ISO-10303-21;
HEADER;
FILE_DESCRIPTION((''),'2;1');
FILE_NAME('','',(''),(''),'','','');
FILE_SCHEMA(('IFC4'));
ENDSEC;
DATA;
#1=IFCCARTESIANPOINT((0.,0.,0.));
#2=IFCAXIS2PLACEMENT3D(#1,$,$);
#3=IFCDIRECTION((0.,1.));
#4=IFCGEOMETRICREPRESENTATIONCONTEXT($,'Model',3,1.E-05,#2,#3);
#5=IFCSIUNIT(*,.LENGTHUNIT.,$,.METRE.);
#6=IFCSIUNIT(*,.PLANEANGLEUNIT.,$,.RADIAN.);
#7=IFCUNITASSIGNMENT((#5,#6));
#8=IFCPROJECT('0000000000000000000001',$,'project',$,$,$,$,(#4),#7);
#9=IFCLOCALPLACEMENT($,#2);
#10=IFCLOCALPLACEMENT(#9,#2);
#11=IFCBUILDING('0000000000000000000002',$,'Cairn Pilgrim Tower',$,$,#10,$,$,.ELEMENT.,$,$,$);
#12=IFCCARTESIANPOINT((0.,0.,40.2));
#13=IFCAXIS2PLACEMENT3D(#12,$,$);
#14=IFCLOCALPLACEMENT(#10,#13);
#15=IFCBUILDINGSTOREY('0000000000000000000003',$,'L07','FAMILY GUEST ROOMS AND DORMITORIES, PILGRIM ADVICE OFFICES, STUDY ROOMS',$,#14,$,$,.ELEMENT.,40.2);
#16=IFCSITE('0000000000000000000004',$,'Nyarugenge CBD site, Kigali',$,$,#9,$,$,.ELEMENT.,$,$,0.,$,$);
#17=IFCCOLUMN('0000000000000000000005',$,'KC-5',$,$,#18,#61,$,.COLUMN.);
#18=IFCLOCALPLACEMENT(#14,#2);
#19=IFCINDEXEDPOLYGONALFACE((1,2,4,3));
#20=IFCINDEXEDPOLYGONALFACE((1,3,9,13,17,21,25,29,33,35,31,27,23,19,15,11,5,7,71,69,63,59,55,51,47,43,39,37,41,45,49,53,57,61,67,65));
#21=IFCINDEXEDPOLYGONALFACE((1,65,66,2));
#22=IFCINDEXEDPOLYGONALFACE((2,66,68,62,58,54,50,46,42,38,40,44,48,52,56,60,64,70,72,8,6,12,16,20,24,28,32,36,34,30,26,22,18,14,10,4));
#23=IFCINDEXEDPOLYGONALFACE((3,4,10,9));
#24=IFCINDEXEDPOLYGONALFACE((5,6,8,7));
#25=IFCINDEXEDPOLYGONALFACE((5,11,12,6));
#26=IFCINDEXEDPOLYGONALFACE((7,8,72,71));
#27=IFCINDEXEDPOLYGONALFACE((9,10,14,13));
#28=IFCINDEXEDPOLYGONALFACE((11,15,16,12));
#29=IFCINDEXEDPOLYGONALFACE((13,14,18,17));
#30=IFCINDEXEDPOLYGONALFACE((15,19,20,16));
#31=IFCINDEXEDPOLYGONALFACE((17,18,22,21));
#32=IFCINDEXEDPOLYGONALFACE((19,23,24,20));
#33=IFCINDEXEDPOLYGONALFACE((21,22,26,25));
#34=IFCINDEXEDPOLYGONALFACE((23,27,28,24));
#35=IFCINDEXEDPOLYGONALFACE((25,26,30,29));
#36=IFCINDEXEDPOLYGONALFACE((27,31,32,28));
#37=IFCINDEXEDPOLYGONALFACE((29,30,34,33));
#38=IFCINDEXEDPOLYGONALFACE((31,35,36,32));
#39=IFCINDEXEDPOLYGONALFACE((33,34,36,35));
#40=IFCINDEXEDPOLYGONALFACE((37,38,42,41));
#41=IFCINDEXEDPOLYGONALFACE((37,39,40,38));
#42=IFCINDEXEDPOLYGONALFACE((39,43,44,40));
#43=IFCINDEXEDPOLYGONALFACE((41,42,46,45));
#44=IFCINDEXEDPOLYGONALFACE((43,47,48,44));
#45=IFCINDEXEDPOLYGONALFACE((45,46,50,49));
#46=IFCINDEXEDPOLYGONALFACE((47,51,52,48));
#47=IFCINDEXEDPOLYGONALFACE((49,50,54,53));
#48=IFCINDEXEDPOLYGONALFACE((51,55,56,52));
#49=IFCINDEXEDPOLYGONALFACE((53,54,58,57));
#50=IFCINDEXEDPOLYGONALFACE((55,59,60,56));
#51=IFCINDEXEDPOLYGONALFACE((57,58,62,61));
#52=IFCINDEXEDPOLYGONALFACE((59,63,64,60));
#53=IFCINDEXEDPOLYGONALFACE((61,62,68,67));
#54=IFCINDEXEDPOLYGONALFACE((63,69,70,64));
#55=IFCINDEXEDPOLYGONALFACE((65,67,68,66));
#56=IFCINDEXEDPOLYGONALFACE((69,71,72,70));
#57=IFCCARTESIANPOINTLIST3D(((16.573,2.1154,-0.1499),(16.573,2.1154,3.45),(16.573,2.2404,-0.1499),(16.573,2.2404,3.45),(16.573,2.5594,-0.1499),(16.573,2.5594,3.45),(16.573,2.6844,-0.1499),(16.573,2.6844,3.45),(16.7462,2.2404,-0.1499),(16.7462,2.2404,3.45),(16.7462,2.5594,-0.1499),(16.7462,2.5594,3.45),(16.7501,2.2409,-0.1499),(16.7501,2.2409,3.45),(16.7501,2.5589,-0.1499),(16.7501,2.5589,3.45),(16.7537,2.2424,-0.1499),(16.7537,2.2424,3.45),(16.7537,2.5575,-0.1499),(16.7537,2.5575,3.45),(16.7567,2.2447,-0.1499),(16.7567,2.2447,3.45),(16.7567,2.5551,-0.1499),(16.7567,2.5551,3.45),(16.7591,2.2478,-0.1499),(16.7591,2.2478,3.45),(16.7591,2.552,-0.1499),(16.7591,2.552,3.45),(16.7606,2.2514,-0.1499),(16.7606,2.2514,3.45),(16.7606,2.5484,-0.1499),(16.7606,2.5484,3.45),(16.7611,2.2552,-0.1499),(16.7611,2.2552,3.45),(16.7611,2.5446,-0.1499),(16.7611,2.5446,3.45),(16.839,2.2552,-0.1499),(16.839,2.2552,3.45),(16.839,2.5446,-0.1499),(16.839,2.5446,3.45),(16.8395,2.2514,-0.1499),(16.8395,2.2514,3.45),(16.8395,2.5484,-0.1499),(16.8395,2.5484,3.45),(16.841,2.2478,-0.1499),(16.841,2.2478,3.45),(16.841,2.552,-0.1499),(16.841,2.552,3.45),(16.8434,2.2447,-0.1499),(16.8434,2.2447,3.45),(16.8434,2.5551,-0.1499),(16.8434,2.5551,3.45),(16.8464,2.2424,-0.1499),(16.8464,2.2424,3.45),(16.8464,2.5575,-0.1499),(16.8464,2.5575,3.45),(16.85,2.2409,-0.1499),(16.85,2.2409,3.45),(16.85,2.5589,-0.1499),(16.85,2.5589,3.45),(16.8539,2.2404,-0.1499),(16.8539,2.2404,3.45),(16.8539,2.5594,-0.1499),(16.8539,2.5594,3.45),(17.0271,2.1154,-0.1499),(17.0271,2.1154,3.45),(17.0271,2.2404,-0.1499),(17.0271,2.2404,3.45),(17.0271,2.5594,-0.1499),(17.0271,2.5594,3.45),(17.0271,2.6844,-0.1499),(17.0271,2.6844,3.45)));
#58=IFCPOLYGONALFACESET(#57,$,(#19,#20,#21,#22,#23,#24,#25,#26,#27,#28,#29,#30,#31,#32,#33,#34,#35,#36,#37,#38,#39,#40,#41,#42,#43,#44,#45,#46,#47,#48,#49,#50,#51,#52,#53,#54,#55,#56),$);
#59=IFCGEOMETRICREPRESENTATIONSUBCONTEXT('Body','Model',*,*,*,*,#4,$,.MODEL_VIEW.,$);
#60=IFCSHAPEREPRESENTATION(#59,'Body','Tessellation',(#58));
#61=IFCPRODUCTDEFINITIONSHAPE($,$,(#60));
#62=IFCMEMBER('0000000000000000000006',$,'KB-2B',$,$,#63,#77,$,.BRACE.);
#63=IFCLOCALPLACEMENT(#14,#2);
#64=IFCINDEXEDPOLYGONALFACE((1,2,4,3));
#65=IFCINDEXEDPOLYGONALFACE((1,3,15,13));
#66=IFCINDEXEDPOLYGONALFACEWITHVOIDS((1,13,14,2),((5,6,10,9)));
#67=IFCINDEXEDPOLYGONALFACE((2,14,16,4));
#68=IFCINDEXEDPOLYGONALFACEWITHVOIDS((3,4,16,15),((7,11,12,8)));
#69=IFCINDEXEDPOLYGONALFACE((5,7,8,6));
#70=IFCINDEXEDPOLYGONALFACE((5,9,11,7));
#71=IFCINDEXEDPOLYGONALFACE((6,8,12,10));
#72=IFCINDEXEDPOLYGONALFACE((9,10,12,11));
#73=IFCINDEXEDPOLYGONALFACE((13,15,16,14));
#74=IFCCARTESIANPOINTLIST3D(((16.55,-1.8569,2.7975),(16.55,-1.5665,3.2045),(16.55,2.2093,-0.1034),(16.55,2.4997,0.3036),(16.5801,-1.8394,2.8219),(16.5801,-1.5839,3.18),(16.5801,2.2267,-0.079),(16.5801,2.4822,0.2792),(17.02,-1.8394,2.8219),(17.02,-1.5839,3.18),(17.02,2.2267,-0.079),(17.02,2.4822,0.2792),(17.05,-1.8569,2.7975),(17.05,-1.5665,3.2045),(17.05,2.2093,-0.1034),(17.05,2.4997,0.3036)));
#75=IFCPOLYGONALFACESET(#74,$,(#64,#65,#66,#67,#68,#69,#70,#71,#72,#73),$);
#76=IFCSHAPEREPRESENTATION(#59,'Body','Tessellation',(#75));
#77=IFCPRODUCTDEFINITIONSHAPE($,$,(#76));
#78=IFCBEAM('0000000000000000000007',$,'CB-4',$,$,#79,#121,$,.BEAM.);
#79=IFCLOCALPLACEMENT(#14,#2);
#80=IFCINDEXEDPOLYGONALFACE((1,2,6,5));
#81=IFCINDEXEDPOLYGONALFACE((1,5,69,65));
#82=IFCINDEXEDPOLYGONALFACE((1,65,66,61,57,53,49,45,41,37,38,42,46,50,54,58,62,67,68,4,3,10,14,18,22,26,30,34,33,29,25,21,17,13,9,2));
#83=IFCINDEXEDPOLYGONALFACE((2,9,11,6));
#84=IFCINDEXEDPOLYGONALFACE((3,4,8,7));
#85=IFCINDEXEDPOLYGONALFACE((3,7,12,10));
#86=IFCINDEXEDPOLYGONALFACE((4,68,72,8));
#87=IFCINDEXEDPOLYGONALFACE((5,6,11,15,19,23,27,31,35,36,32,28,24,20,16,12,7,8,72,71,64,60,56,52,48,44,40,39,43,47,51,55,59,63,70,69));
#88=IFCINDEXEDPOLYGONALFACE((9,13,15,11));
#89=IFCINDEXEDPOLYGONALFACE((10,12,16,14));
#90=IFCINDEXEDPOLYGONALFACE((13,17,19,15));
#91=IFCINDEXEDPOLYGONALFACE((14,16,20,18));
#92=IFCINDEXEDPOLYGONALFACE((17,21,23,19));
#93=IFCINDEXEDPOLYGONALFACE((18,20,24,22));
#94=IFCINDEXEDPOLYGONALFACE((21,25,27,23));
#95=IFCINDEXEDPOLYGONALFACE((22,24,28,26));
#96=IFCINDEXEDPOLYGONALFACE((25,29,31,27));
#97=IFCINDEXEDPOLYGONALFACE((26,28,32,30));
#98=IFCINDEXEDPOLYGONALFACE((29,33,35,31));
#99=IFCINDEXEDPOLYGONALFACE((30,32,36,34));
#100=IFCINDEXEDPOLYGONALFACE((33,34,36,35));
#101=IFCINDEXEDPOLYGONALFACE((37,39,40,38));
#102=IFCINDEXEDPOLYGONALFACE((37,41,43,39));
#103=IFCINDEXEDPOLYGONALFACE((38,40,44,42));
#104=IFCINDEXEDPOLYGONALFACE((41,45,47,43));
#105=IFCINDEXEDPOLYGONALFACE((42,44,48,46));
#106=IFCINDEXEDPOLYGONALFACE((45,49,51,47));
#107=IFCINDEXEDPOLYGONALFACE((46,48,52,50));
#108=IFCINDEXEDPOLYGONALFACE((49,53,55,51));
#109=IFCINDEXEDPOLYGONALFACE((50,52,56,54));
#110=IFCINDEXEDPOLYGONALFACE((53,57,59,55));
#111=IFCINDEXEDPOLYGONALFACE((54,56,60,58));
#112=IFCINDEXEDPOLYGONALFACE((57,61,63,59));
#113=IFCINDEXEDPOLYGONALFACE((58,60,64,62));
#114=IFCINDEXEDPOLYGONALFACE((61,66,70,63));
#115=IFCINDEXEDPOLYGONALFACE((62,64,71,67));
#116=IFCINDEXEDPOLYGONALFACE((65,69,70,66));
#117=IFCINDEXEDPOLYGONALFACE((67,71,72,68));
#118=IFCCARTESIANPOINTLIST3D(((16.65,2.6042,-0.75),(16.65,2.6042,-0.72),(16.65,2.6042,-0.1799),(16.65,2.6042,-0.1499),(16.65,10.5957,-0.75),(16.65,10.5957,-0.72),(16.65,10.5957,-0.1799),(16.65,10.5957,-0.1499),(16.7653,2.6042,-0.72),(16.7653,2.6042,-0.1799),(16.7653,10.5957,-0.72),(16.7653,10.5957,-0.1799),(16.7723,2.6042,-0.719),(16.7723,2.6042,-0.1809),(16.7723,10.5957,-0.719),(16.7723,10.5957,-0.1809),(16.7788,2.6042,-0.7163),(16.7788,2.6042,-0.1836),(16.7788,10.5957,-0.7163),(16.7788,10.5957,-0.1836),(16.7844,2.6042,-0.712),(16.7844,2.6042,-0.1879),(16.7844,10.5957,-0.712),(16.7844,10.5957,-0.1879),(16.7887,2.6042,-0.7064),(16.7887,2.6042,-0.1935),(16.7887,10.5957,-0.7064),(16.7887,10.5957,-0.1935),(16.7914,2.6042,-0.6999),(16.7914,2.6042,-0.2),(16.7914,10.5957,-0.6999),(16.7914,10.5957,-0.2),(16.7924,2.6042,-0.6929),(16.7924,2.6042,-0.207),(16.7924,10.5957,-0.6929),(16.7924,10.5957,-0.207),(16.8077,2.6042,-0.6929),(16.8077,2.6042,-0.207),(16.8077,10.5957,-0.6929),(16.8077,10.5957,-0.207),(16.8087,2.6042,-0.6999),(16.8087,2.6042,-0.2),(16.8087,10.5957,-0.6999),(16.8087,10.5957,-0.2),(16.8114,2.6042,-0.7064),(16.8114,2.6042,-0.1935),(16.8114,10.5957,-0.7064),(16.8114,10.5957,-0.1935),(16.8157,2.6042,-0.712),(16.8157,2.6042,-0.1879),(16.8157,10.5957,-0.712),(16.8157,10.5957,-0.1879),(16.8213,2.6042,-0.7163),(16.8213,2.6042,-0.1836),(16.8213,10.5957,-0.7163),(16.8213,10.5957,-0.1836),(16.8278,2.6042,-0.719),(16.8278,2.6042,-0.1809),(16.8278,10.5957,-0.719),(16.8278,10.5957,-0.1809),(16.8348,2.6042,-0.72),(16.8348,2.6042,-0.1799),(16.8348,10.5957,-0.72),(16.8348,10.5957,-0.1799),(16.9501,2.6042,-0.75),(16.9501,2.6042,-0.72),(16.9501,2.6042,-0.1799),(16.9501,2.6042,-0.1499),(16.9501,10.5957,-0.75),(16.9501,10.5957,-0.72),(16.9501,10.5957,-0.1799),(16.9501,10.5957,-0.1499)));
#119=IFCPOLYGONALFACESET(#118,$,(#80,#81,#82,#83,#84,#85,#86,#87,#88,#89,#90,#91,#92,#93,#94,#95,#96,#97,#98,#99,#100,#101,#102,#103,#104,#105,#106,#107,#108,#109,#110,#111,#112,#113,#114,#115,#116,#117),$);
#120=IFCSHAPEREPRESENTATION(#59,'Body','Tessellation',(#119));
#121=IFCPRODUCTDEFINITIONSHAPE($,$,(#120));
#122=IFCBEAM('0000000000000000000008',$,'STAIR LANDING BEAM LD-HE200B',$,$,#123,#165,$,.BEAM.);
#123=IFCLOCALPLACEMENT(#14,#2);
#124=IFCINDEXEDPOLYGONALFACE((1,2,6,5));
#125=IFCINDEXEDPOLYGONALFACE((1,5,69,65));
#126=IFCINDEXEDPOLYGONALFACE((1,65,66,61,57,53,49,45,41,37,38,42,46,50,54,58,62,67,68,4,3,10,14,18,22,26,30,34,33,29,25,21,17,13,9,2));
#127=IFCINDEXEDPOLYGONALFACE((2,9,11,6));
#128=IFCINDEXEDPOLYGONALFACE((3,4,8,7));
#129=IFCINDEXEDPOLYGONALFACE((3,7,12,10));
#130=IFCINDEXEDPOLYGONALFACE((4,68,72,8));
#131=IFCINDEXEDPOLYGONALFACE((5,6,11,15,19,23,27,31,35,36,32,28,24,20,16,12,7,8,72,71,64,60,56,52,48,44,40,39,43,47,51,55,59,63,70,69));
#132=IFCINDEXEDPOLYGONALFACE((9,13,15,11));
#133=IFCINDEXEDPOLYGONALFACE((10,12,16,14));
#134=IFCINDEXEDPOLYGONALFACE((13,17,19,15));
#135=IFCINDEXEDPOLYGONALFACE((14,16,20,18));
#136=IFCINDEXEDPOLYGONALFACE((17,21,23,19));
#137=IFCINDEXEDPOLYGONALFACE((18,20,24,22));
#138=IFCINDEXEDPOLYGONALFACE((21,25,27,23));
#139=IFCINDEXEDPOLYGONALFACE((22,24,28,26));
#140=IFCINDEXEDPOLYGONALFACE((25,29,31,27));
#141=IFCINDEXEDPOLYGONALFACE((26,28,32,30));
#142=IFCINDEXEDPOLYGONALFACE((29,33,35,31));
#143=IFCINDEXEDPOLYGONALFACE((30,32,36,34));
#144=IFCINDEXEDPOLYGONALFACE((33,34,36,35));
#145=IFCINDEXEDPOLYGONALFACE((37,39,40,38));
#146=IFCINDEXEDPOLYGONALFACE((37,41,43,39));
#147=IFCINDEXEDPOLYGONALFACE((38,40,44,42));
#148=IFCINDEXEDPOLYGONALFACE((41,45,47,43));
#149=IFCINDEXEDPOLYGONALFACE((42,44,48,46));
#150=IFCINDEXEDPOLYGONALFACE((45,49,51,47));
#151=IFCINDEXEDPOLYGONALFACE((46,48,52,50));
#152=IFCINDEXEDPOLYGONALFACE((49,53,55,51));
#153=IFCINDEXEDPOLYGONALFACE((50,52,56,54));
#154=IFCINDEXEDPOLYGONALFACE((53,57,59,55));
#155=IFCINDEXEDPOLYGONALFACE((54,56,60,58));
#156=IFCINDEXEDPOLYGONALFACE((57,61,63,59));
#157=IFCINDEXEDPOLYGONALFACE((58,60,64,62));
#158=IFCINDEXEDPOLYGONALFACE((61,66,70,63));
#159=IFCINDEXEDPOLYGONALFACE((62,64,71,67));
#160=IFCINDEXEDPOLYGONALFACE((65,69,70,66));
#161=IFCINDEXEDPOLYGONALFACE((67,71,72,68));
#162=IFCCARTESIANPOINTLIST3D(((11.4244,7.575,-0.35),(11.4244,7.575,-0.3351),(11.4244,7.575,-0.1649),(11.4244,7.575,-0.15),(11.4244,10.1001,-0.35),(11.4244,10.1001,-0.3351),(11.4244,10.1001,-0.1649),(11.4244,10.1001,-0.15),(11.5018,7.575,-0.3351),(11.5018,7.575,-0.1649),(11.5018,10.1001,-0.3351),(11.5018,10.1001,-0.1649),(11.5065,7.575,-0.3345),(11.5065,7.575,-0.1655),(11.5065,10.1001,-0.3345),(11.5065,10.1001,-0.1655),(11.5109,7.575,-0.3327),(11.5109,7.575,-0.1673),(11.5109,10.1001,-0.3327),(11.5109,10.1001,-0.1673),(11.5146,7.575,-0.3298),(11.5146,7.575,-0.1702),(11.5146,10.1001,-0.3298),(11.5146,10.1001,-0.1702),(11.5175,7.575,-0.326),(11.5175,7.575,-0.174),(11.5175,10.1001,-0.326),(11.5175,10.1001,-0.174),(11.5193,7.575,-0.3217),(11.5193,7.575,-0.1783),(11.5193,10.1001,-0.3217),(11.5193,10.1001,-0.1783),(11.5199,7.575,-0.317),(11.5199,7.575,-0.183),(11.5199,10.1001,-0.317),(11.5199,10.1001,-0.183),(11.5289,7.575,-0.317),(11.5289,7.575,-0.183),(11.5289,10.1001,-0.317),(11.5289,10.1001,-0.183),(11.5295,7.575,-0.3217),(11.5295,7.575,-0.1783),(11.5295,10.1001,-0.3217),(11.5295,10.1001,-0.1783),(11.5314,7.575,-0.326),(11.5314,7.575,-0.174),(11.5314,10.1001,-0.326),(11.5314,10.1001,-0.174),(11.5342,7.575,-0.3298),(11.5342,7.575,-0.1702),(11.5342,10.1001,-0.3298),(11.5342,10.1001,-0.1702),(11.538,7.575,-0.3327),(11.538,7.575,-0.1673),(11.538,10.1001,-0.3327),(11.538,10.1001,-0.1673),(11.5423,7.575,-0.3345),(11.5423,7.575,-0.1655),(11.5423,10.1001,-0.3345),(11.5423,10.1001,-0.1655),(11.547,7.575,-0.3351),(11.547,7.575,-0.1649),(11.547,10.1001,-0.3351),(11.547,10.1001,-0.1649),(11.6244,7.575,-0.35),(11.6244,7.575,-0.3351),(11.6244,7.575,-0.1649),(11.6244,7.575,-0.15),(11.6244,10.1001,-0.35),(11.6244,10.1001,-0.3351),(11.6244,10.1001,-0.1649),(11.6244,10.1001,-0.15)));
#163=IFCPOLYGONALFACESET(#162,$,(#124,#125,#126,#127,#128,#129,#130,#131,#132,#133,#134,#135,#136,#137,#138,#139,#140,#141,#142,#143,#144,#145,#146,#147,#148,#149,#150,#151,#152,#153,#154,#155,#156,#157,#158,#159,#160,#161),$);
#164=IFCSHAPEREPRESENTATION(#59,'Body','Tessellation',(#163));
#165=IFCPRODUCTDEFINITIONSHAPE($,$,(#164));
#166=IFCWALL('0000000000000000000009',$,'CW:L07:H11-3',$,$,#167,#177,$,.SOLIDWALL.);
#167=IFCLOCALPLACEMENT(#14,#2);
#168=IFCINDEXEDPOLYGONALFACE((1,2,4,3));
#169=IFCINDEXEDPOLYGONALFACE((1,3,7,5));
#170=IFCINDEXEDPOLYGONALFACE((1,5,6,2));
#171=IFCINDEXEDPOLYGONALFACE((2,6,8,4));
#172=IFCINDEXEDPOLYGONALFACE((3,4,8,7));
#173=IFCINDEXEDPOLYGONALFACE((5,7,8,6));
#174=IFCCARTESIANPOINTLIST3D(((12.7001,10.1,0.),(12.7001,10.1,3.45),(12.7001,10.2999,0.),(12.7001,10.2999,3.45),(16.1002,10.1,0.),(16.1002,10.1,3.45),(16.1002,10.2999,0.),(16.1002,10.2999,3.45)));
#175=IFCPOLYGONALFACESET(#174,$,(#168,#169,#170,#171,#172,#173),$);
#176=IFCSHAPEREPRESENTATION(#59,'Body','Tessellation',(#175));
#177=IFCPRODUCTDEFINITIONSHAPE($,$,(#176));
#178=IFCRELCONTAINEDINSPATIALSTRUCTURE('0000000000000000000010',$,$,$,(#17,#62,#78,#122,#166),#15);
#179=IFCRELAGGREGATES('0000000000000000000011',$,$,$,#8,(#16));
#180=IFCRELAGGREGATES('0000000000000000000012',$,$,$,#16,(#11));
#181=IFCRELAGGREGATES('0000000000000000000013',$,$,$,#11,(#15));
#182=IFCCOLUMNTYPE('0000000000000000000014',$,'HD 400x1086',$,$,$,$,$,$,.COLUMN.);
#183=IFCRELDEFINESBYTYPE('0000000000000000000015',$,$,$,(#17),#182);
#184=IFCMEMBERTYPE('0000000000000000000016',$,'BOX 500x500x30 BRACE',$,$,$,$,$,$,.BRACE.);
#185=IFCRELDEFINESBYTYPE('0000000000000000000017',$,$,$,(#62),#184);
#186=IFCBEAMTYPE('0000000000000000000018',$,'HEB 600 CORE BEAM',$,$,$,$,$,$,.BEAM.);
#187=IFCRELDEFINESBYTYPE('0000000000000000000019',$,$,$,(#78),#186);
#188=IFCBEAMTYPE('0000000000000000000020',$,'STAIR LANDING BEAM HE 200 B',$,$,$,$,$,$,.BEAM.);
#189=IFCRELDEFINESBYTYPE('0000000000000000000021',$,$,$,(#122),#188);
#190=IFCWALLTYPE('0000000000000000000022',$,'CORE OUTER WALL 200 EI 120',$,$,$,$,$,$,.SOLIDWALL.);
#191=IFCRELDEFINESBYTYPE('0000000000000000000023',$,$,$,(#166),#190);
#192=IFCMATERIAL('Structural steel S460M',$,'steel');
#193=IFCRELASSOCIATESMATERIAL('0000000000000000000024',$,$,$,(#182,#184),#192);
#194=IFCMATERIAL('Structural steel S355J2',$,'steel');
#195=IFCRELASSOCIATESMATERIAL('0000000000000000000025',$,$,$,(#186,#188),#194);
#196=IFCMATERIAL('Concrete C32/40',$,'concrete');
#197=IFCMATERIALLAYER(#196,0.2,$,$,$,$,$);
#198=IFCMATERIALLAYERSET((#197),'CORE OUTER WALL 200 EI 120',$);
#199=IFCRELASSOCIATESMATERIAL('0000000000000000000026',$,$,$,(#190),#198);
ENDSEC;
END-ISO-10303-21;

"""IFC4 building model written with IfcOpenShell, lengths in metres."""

from ifc_helpers import new_model, si_unit, direction, frame, frame_2d, origin, origin_2d, place, context, subcontext, project, spatial, rectangle, hollow_rectangle, i_section, extrude, material, layer, layer_set, material_profile, profile_set, type_object, element, save


model = new_model("IFC4")

# Units and contexts
model_context = context("Model", 3, precision=1e-05, world=origin(), true_north=direction((0.0, 1.0)))
body_context = subcontext(model_context, "Body", "Model", "MODEL_VIEW")
ifc_project = project(units=[si_unit("LENGTHUNIT", "METRE"), si_unit("PLANEANGLEUNIT", "RADIAN")], contexts=[model_context])

# Site, building, storey
site_placement = place(None, origin())
site = spatial("IfcSite", under=ifc_project, at=site_placement, Name="Nyarugenge CBD site, Kigali", CompositionType="ELEMENT", RefElevation=0.0)
building_placement = place(site_placement, origin())
building = spatial("IfcBuilding", under=site, at=building_placement, Name="Cairn Pilgrim Tower", CompositionType="ELEMENT")
storey_placement = place(building_placement, frame((0.0, 0.0, 40.2)))
storey = spatial("IfcBuildingStorey", under=building, at=storey_placement, Name="L07", Description="FAMILY GUEST ROOMS AND DORMITORIES, PILGRIM ADVICE OFFICES, STUDY ROOMS", CompositionType="ELEMENT", Elevation=40.2)

# Column
ifc_material_1 = material(Name="Structural steel S460M", Category="steel")
ifc_material_profile_1 = material_profile(ifc_material_1, i_section(OverallWidth=0.4541, OverallDepth=0.5691, WebThickness=0.0779, FlangeThickness=0.125, FilletRadius=0.0149, at=origin_2d()), Name="HD 400x1086")
ifc_profile_set_1 = profile_set([ifc_material_profile_1], Name="Structural steel S460M")
column_type = type_object("IfcColumnType", Name="HD 400x1086", PredefinedType="COLUMN", material=ifc_profile_set_1)
column_placement = place(storey_placement, frame((16.8, 2.3999, -0.1499), z_axis=(0.0, 0.0, 1.0), x_axis=(1.0, 0.0, 0.0)))
element("IfcColumn", 1, at=column_placement, inside=storey, type_object=column_type, Name="KC-5", PredefinedType="COLUMN", context=body_context, shape_type="SweptSolid", body=[
    extrude(i_section(OverallWidth=0.4541, OverallDepth=0.5691, WebThickness=0.0779, FlangeThickness=0.125, FilletRadius=0.0149, at=origin_2d()), origin(), (0.0, 0.0, 1.0), 3.5999),
])

# Member
ifc_material_profile_2 = material_profile(ifc_material_1, hollow_rectangle(XDim=0.5, YDim=0.5, WallThickness=0.03, at=origin_2d()), Name="BOX 500x500x30")
ifc_profile_set_2 = profile_set([ifc_material_profile_2], Name="Structural steel S460M")
member_type = type_object("IfcMemberType", Name="BOX 500x500x30 BRACE", PredefinedType="BRACE", material=ifc_profile_set_2)
member_placement = place(storey_placement, frame((16.8, 2.3545, 0.1001), z_axis=(0.0, -0.814067, 0.580771), x_axis=(1.0, 0.0, 0.0)))
element("IfcMember", 2, at=member_placement, inside=storey, type_object=member_type, Name="KB-2B", PredefinedType="BRACE", context=body_context, shape_type="SweptSolid", body=[
    extrude(hollow_rectangle(XDim=0.5, YDim=0.5, WallThickness=0.03, at=origin_2d()), origin(), (0.0, 0.0, 1.0), 4.9949),
])

# Beams
ifc_material_2 = material(Name="Structural steel S355J2", Category="steel")
ifc_material_profile_3 = material_profile(ifc_material_2, i_section(OverallWidth=0.3, OverallDepth=0.6001, WebThickness=0.0154, FlangeThickness=0.03, FilletRadius=0.0271, at=origin_2d()), Name="HEB 600")
ifc_profile_set_3 = profile_set([ifc_material_profile_3], Name="Structural steel S355J2")
beam_type_1 = type_object("IfcBeamType", Name="HEB 600 CORE BEAM", PredefinedType="BEAM", material=ifc_profile_set_3)
beam_1_placement = place(storey_placement, frame((16.8, 2.6042, -0.45), z_axis=(0.0, 1.0, 0.0), x_axis=(-1.0, 0.0, 0.0)))
element("IfcBeam", 3, at=beam_1_placement, inside=storey, type_object=beam_type_1, Name="CB-4", PredefinedType="BEAM", context=body_context, shape_type="SweptSolid", body=[
    extrude(i_section(OverallWidth=0.3, OverallDepth=0.6001, WebThickness=0.0154, FlangeThickness=0.03, FilletRadius=0.0271, at=origin_2d()), origin(), (0.0, 0.0, 1.0), 7.9915),
])
ifc_material_profile_4 = material_profile(ifc_material_2, i_section(OverallWidth=0.2, OverallDepth=0.2, WebThickness=0.009, FlangeThickness=0.0149, FilletRadius=0.0181, at=origin_2d()), Name="HE 200 B")
ifc_profile_set_4 = profile_set([ifc_material_profile_4], Name="Structural steel S355J2")
beam_type_2 = type_object("IfcBeamType", Name="STAIR LANDING BEAM HE 200 B", PredefinedType="BEAM", material=ifc_profile_set_4)
beam_2_placement = place(storey_placement, frame((11.5244, 10.1001, -0.25), z_axis=(0.0, -1.0, 0.0), x_axis=(1.0, 0.0, 0.0)))
element("IfcBeam", 4, at=beam_2_placement, inside=storey, type_object=beam_type_2, Name="STAIR LANDING BEAM LD-HE200B", PredefinedType="BEAM", context=body_context, shape_type="SweptSolid", body=[
    extrude(i_section(OverallWidth=0.2, OverallDepth=0.2, WebThickness=0.009, FlangeThickness=0.0149, FilletRadius=0.0181, at=origin_2d()), origin(), (0.0, 0.0, 1.0), 2.5251),
])

# Wall
ifc_material_3 = material(Name="Concrete C32/40", Category="concrete")
ifc_layer_1 = layer(ifc_material_3, 0.2)
ifc_layer_set_1 = layer_set([ifc_layer_1], Name="CORE OUTER WALL 200 EI 120")
wall_type_1 = type_object("IfcWallType", Name="CORE OUTER WALL 200 EI 120", PredefinedType="SOLIDWALL", material=ifc_layer_set_1)
wall_1_placement = place(storey_placement, frame((12.7, 10.2, 0.0), z_axis=(0.0, 0.0, 1.0), x_axis=(1.0, 0.0, 0.0)))
element("IfcWall", 5, at=wall_1_placement, inside=storey, type_object=wall_type_1, Name="CW:L07:H11-3", PredefinedType="SOLIDWALL", context=body_context, shape_type="SweptSolid", body=[
    extrude(rectangle(XDim=3.4001, YDim=0.2, at=frame_2d((1.7002, 0.0))), origin(), (0.0, 0.0, 1.0), 3.45),
])

save(model, "model.ifc")
